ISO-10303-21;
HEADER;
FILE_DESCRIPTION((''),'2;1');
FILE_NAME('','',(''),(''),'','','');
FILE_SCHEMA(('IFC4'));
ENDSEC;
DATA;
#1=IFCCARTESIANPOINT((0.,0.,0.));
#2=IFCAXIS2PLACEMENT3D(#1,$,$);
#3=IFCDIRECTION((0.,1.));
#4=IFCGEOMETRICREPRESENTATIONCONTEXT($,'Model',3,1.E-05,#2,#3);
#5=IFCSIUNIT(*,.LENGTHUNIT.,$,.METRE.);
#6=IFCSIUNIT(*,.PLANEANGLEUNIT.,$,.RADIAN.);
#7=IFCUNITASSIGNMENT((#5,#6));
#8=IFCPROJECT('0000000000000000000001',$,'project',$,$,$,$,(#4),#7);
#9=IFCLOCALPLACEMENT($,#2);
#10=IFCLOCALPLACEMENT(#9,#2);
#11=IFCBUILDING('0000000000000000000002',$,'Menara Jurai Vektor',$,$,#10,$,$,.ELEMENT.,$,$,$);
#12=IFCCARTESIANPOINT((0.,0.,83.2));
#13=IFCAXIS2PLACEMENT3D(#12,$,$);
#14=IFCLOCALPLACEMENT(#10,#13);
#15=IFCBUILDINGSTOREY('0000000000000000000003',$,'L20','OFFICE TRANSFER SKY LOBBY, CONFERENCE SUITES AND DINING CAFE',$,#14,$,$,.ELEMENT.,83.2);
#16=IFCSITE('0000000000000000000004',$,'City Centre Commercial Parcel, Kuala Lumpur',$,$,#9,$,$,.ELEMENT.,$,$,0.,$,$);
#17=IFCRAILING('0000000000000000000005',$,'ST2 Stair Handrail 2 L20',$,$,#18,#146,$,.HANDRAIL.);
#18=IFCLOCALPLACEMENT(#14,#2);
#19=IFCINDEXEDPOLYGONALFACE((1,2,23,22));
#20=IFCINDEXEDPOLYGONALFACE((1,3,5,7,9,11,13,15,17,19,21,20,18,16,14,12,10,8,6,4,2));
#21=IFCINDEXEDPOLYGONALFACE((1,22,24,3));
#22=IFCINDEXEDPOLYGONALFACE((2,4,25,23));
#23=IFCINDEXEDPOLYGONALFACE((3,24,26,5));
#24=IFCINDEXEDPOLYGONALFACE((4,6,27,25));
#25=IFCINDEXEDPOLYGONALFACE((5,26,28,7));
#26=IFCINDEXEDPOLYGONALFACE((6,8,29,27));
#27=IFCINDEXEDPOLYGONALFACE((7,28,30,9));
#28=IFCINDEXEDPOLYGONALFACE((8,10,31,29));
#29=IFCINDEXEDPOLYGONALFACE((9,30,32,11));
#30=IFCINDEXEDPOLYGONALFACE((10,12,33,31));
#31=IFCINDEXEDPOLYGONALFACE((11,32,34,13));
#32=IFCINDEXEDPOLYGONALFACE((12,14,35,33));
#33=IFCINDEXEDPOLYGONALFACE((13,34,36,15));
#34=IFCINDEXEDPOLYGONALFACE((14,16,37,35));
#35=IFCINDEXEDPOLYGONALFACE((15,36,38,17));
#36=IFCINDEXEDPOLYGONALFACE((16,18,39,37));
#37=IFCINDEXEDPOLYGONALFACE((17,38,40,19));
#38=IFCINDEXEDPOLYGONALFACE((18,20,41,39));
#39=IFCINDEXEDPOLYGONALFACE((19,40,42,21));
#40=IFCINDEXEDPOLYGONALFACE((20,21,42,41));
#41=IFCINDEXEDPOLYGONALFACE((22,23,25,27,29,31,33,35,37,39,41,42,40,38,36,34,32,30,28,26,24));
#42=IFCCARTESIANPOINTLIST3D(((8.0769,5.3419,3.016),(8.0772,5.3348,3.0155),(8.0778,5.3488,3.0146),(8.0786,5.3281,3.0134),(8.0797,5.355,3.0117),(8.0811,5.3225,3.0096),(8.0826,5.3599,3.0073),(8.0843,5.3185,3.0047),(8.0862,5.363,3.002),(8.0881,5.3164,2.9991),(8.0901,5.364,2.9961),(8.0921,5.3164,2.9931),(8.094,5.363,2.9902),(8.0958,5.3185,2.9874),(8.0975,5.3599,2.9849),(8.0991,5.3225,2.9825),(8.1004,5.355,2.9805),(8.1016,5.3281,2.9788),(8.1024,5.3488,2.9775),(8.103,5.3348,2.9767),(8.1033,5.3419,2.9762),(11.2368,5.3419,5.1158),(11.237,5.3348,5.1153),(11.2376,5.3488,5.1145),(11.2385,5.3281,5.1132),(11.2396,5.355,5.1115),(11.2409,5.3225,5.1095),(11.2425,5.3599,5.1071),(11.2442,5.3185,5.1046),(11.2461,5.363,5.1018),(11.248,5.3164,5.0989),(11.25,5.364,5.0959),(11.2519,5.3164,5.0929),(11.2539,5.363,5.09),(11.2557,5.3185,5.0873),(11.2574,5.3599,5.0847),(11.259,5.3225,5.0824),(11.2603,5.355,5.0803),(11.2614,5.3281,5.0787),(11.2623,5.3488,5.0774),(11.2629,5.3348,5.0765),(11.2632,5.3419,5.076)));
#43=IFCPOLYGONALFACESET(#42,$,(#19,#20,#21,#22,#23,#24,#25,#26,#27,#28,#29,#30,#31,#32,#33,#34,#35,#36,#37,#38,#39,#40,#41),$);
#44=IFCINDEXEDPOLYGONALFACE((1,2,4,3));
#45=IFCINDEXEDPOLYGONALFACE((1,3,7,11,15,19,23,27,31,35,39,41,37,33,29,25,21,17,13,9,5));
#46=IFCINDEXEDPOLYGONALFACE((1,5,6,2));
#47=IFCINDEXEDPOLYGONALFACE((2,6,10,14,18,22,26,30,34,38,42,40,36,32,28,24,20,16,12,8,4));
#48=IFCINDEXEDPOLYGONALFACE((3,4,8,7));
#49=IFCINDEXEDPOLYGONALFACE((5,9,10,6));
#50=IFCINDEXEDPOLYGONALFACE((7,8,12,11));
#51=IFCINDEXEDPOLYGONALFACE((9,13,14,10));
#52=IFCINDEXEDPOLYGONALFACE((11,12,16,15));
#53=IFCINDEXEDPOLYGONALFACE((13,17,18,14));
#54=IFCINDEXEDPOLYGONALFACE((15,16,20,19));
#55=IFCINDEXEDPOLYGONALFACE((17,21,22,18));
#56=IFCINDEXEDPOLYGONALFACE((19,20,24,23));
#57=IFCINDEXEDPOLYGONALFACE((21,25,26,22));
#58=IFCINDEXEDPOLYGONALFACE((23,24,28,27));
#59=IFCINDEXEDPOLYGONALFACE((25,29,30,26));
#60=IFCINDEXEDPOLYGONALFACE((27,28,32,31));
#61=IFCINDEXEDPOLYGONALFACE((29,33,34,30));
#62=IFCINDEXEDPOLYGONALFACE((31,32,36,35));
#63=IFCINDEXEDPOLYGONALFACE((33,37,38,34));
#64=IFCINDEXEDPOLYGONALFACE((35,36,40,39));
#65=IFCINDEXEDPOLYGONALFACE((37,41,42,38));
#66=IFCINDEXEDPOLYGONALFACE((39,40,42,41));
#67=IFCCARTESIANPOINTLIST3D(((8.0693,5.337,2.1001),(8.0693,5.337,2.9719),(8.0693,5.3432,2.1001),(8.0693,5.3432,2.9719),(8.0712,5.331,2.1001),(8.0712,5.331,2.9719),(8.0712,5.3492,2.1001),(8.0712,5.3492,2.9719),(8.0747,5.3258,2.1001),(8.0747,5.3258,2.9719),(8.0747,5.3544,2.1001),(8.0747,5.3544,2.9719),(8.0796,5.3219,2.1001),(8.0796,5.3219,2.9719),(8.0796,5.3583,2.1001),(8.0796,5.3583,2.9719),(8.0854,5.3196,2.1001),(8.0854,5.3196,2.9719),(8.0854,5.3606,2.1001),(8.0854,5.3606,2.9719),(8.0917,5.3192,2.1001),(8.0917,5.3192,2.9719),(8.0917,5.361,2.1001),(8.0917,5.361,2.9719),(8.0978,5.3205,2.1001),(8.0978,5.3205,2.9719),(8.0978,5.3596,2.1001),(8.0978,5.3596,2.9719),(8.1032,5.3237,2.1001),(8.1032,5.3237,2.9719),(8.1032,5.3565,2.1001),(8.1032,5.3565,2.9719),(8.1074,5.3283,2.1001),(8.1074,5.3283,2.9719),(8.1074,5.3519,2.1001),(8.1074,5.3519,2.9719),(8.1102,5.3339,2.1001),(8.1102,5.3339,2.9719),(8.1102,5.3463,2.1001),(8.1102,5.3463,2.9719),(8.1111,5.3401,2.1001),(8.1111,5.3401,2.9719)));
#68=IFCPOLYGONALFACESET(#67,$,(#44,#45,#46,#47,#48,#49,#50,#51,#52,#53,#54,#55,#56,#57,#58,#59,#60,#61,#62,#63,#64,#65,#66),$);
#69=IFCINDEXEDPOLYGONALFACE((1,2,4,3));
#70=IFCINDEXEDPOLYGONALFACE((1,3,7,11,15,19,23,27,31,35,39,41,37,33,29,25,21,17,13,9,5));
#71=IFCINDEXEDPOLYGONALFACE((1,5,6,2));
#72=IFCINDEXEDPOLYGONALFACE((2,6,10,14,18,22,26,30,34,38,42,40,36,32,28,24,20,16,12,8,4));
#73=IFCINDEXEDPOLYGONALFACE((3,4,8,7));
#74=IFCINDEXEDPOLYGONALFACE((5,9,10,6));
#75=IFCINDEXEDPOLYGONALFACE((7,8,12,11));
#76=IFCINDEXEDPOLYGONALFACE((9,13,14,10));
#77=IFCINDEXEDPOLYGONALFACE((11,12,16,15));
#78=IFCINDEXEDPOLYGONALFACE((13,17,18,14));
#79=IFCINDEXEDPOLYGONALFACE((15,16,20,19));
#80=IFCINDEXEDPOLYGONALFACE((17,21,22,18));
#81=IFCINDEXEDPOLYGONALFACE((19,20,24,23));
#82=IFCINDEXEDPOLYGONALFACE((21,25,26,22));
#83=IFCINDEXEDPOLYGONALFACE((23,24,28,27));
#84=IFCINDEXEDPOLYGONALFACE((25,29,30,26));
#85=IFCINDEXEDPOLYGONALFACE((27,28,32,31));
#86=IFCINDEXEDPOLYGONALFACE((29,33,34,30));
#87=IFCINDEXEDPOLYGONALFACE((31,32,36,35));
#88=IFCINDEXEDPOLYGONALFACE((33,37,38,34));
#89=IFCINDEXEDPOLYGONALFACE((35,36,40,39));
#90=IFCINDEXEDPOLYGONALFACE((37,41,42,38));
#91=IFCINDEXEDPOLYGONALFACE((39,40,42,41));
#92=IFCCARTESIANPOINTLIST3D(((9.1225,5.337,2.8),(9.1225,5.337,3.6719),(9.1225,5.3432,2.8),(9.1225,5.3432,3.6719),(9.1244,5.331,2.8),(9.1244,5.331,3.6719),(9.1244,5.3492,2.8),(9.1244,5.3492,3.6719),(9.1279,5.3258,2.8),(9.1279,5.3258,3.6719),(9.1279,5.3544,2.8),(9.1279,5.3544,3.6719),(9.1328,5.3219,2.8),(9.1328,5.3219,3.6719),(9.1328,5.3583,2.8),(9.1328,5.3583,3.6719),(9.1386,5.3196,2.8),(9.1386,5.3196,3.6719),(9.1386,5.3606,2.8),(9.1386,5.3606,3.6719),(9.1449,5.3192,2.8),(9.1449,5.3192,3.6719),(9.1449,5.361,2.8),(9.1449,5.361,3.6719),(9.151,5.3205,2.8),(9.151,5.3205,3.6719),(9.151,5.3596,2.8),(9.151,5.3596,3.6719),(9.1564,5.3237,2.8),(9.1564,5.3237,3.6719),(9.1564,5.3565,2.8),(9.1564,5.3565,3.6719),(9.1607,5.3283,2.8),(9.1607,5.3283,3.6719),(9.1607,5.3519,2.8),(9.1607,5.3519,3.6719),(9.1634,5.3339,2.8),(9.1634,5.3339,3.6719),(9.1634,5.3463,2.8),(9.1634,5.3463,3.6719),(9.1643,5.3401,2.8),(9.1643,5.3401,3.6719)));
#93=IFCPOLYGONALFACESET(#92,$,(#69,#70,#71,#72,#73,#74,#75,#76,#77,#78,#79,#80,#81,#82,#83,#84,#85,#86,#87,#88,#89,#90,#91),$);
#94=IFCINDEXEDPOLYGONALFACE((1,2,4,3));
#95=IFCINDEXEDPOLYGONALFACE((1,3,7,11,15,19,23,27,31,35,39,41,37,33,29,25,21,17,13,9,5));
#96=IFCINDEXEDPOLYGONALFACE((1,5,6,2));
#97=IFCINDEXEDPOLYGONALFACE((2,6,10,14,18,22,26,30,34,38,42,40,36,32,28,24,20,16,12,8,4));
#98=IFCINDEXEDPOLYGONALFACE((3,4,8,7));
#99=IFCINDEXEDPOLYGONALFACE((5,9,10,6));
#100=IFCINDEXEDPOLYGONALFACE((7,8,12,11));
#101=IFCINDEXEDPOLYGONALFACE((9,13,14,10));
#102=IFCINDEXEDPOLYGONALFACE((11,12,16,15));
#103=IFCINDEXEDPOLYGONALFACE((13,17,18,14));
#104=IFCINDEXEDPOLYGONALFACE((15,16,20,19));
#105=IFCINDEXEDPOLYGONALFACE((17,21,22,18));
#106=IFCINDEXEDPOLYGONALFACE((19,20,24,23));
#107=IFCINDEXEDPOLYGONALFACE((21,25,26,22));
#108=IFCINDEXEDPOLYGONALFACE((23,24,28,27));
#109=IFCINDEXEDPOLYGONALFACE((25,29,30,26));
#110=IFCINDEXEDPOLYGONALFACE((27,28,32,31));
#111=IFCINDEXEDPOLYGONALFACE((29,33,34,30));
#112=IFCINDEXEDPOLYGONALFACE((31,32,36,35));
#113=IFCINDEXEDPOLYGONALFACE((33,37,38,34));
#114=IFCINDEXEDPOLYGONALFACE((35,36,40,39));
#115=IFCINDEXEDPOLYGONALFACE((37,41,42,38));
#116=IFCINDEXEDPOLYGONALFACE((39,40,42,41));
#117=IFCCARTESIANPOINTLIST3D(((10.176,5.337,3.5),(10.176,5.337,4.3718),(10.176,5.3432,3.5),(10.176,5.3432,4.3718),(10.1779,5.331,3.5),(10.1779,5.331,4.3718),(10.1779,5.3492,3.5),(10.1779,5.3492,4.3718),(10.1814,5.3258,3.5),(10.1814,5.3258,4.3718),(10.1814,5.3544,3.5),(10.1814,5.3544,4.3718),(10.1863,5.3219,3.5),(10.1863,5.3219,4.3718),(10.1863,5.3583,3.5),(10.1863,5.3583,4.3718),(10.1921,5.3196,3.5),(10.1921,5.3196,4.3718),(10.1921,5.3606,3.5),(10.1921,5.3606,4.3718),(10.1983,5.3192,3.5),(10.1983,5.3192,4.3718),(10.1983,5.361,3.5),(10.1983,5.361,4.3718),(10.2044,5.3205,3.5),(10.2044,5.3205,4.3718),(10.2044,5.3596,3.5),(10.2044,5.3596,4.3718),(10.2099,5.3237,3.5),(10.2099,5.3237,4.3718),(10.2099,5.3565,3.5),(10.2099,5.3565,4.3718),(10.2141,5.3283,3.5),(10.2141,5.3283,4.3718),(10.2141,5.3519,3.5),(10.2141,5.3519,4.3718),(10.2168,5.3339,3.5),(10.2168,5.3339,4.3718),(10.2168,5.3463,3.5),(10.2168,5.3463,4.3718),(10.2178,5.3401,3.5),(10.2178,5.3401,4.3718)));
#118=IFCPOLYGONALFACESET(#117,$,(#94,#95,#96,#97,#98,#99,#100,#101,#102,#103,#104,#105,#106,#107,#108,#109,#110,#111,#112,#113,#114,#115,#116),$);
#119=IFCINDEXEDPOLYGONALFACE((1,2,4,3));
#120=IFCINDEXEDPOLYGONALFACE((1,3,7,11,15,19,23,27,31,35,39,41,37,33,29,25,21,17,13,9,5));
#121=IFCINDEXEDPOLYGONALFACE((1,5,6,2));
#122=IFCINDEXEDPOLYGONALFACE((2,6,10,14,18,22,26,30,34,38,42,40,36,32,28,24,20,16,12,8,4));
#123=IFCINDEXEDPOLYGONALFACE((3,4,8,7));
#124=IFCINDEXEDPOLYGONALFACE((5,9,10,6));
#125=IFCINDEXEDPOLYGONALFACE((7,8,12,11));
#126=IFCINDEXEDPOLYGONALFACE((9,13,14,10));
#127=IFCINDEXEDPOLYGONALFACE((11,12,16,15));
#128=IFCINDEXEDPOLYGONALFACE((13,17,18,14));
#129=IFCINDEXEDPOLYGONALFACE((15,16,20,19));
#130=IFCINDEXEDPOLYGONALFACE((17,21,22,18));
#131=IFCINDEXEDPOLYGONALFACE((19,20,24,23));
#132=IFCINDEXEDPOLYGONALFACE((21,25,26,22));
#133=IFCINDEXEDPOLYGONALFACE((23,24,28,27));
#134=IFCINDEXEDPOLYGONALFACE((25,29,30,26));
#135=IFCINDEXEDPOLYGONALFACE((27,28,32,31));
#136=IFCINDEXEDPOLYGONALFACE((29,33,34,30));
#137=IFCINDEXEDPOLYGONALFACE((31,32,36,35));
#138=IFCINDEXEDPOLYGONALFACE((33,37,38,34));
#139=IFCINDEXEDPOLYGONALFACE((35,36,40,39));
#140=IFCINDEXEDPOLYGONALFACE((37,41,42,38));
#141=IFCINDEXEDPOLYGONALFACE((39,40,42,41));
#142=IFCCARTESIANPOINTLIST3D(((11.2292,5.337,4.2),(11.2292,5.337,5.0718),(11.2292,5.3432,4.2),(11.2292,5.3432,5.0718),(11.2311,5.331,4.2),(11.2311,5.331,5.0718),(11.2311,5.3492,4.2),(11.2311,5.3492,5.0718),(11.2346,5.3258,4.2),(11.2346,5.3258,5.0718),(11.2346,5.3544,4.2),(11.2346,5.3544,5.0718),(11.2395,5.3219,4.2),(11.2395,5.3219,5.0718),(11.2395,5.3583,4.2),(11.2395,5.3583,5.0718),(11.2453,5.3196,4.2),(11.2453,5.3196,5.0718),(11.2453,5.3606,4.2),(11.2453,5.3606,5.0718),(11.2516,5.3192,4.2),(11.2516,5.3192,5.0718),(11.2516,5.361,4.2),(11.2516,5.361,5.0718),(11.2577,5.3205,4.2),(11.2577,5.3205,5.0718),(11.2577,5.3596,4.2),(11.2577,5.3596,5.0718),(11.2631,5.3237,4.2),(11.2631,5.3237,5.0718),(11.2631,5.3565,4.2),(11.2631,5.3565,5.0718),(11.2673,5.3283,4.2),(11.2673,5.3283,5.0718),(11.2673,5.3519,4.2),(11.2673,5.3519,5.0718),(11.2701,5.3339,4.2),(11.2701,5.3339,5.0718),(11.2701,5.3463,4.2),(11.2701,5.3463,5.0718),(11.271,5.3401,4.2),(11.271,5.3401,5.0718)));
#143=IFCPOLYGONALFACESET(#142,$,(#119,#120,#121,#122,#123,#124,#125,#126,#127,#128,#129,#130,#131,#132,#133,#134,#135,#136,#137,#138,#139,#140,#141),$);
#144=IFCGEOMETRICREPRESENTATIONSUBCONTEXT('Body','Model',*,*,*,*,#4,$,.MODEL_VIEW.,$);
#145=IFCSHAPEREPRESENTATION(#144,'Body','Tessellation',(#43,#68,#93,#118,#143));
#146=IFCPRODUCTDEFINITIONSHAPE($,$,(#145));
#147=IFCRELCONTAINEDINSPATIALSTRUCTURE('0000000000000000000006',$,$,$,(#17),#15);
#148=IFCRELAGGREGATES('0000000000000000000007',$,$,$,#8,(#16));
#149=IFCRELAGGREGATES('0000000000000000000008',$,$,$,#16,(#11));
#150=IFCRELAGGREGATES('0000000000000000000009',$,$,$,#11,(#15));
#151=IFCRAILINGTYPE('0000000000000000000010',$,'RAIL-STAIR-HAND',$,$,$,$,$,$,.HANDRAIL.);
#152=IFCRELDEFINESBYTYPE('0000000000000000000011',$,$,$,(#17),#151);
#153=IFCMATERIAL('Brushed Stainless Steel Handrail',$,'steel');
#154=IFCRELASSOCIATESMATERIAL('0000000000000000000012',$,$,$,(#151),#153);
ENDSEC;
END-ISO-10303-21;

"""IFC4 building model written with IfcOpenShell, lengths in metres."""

from ifc_helpers import new_model, si_unit, direction, frame, origin, origin_2d, place, context, subcontext, project, spatial, circle, extrude, material, type_object, element, save


model = new_model("IFC4")

# Units and contexts
model_context = context("Model", 3, precision=1e-05, world=origin(), true_north=direction((0.0, 1.0)))
body_context = subcontext(model_context, "Body", "Model", "MODEL_VIEW")
ifc_project = project(units=[si_unit("LENGTHUNIT", "METRE"), si_unit("PLANEANGLEUNIT", "RADIAN")], contexts=[model_context])

# Site, building, storey
site_placement = place(None, origin())
site = spatial("IfcSite", under=ifc_project, at=site_placement, Name="City Centre Commercial Parcel, Kuala Lumpur", CompositionType="ELEMENT", RefElevation=0.0)
building_placement = place(site_placement, origin())
building = spatial("IfcBuilding", under=site, at=building_placement, Name="Menara Jurai Vektor", CompositionType="ELEMENT")
storey_placement = place(building_placement, frame((0.0, 0.0, 83.2)))
storey = spatial("IfcBuildingStorey", under=building, at=storey_placement, Name="L20", Description="OFFICE TRANSFER SKY LOBBY, CONFERENCE SUITES AND DINING CAFE", CompositionType="ELEMENT", Elevation=83.2)

# Railing
ifc_material_1 = material(Name="Brushed Stainless Steel Handrail", Category="steel")
railing_type_1 = type_object("IfcRailingType", Name="RAIL-STAIR-HAND", PredefinedType="HANDRAIL", material=ifc_material_1)
railing_1_placement = place(storey_placement, frame((8.0901, 5.3401, 2.1001)))
element("IfcRailing", 1, at=railing_1_placement, inside=storey, type_object=railing_type_1, Name="ST2 Stair Handrail 2 L20", PredefinedType="HANDRAIL", context=body_context, shape_type="SweptSolid", body=[
    extrude(circle(Radius=0.0239, at=origin_2d()), frame((0.0, 0.0, 0.896), z_axis=(0.832871, 0.0, 0.553467), x_axis=(0.0, 1.0, 0.0)), (0.0, 0.0, 1.0), 3.7939),
    extrude(circle(Radius=0.021, at=origin_2d()), origin(), (0.0, 0.0, 1.0), 0.8718),
    extrude(circle(Radius=0.021, at=origin_2d()), frame((1.0532, 0.0, 0.7)), (0.0, 0.0, 1.0), 0.8718),
    extrude(circle(Radius=0.021, at=origin_2d()), frame((2.1067, 0.0, 1.3999)), (0.0, 0.0, 1.0), 0.8718),
    extrude(circle(Radius=0.021, at=origin_2d()), frame((3.1599, 0.0, 2.0999)), (0.0, 0.0, 1.0), 0.8718),
])

save(model, "model.ifc")
